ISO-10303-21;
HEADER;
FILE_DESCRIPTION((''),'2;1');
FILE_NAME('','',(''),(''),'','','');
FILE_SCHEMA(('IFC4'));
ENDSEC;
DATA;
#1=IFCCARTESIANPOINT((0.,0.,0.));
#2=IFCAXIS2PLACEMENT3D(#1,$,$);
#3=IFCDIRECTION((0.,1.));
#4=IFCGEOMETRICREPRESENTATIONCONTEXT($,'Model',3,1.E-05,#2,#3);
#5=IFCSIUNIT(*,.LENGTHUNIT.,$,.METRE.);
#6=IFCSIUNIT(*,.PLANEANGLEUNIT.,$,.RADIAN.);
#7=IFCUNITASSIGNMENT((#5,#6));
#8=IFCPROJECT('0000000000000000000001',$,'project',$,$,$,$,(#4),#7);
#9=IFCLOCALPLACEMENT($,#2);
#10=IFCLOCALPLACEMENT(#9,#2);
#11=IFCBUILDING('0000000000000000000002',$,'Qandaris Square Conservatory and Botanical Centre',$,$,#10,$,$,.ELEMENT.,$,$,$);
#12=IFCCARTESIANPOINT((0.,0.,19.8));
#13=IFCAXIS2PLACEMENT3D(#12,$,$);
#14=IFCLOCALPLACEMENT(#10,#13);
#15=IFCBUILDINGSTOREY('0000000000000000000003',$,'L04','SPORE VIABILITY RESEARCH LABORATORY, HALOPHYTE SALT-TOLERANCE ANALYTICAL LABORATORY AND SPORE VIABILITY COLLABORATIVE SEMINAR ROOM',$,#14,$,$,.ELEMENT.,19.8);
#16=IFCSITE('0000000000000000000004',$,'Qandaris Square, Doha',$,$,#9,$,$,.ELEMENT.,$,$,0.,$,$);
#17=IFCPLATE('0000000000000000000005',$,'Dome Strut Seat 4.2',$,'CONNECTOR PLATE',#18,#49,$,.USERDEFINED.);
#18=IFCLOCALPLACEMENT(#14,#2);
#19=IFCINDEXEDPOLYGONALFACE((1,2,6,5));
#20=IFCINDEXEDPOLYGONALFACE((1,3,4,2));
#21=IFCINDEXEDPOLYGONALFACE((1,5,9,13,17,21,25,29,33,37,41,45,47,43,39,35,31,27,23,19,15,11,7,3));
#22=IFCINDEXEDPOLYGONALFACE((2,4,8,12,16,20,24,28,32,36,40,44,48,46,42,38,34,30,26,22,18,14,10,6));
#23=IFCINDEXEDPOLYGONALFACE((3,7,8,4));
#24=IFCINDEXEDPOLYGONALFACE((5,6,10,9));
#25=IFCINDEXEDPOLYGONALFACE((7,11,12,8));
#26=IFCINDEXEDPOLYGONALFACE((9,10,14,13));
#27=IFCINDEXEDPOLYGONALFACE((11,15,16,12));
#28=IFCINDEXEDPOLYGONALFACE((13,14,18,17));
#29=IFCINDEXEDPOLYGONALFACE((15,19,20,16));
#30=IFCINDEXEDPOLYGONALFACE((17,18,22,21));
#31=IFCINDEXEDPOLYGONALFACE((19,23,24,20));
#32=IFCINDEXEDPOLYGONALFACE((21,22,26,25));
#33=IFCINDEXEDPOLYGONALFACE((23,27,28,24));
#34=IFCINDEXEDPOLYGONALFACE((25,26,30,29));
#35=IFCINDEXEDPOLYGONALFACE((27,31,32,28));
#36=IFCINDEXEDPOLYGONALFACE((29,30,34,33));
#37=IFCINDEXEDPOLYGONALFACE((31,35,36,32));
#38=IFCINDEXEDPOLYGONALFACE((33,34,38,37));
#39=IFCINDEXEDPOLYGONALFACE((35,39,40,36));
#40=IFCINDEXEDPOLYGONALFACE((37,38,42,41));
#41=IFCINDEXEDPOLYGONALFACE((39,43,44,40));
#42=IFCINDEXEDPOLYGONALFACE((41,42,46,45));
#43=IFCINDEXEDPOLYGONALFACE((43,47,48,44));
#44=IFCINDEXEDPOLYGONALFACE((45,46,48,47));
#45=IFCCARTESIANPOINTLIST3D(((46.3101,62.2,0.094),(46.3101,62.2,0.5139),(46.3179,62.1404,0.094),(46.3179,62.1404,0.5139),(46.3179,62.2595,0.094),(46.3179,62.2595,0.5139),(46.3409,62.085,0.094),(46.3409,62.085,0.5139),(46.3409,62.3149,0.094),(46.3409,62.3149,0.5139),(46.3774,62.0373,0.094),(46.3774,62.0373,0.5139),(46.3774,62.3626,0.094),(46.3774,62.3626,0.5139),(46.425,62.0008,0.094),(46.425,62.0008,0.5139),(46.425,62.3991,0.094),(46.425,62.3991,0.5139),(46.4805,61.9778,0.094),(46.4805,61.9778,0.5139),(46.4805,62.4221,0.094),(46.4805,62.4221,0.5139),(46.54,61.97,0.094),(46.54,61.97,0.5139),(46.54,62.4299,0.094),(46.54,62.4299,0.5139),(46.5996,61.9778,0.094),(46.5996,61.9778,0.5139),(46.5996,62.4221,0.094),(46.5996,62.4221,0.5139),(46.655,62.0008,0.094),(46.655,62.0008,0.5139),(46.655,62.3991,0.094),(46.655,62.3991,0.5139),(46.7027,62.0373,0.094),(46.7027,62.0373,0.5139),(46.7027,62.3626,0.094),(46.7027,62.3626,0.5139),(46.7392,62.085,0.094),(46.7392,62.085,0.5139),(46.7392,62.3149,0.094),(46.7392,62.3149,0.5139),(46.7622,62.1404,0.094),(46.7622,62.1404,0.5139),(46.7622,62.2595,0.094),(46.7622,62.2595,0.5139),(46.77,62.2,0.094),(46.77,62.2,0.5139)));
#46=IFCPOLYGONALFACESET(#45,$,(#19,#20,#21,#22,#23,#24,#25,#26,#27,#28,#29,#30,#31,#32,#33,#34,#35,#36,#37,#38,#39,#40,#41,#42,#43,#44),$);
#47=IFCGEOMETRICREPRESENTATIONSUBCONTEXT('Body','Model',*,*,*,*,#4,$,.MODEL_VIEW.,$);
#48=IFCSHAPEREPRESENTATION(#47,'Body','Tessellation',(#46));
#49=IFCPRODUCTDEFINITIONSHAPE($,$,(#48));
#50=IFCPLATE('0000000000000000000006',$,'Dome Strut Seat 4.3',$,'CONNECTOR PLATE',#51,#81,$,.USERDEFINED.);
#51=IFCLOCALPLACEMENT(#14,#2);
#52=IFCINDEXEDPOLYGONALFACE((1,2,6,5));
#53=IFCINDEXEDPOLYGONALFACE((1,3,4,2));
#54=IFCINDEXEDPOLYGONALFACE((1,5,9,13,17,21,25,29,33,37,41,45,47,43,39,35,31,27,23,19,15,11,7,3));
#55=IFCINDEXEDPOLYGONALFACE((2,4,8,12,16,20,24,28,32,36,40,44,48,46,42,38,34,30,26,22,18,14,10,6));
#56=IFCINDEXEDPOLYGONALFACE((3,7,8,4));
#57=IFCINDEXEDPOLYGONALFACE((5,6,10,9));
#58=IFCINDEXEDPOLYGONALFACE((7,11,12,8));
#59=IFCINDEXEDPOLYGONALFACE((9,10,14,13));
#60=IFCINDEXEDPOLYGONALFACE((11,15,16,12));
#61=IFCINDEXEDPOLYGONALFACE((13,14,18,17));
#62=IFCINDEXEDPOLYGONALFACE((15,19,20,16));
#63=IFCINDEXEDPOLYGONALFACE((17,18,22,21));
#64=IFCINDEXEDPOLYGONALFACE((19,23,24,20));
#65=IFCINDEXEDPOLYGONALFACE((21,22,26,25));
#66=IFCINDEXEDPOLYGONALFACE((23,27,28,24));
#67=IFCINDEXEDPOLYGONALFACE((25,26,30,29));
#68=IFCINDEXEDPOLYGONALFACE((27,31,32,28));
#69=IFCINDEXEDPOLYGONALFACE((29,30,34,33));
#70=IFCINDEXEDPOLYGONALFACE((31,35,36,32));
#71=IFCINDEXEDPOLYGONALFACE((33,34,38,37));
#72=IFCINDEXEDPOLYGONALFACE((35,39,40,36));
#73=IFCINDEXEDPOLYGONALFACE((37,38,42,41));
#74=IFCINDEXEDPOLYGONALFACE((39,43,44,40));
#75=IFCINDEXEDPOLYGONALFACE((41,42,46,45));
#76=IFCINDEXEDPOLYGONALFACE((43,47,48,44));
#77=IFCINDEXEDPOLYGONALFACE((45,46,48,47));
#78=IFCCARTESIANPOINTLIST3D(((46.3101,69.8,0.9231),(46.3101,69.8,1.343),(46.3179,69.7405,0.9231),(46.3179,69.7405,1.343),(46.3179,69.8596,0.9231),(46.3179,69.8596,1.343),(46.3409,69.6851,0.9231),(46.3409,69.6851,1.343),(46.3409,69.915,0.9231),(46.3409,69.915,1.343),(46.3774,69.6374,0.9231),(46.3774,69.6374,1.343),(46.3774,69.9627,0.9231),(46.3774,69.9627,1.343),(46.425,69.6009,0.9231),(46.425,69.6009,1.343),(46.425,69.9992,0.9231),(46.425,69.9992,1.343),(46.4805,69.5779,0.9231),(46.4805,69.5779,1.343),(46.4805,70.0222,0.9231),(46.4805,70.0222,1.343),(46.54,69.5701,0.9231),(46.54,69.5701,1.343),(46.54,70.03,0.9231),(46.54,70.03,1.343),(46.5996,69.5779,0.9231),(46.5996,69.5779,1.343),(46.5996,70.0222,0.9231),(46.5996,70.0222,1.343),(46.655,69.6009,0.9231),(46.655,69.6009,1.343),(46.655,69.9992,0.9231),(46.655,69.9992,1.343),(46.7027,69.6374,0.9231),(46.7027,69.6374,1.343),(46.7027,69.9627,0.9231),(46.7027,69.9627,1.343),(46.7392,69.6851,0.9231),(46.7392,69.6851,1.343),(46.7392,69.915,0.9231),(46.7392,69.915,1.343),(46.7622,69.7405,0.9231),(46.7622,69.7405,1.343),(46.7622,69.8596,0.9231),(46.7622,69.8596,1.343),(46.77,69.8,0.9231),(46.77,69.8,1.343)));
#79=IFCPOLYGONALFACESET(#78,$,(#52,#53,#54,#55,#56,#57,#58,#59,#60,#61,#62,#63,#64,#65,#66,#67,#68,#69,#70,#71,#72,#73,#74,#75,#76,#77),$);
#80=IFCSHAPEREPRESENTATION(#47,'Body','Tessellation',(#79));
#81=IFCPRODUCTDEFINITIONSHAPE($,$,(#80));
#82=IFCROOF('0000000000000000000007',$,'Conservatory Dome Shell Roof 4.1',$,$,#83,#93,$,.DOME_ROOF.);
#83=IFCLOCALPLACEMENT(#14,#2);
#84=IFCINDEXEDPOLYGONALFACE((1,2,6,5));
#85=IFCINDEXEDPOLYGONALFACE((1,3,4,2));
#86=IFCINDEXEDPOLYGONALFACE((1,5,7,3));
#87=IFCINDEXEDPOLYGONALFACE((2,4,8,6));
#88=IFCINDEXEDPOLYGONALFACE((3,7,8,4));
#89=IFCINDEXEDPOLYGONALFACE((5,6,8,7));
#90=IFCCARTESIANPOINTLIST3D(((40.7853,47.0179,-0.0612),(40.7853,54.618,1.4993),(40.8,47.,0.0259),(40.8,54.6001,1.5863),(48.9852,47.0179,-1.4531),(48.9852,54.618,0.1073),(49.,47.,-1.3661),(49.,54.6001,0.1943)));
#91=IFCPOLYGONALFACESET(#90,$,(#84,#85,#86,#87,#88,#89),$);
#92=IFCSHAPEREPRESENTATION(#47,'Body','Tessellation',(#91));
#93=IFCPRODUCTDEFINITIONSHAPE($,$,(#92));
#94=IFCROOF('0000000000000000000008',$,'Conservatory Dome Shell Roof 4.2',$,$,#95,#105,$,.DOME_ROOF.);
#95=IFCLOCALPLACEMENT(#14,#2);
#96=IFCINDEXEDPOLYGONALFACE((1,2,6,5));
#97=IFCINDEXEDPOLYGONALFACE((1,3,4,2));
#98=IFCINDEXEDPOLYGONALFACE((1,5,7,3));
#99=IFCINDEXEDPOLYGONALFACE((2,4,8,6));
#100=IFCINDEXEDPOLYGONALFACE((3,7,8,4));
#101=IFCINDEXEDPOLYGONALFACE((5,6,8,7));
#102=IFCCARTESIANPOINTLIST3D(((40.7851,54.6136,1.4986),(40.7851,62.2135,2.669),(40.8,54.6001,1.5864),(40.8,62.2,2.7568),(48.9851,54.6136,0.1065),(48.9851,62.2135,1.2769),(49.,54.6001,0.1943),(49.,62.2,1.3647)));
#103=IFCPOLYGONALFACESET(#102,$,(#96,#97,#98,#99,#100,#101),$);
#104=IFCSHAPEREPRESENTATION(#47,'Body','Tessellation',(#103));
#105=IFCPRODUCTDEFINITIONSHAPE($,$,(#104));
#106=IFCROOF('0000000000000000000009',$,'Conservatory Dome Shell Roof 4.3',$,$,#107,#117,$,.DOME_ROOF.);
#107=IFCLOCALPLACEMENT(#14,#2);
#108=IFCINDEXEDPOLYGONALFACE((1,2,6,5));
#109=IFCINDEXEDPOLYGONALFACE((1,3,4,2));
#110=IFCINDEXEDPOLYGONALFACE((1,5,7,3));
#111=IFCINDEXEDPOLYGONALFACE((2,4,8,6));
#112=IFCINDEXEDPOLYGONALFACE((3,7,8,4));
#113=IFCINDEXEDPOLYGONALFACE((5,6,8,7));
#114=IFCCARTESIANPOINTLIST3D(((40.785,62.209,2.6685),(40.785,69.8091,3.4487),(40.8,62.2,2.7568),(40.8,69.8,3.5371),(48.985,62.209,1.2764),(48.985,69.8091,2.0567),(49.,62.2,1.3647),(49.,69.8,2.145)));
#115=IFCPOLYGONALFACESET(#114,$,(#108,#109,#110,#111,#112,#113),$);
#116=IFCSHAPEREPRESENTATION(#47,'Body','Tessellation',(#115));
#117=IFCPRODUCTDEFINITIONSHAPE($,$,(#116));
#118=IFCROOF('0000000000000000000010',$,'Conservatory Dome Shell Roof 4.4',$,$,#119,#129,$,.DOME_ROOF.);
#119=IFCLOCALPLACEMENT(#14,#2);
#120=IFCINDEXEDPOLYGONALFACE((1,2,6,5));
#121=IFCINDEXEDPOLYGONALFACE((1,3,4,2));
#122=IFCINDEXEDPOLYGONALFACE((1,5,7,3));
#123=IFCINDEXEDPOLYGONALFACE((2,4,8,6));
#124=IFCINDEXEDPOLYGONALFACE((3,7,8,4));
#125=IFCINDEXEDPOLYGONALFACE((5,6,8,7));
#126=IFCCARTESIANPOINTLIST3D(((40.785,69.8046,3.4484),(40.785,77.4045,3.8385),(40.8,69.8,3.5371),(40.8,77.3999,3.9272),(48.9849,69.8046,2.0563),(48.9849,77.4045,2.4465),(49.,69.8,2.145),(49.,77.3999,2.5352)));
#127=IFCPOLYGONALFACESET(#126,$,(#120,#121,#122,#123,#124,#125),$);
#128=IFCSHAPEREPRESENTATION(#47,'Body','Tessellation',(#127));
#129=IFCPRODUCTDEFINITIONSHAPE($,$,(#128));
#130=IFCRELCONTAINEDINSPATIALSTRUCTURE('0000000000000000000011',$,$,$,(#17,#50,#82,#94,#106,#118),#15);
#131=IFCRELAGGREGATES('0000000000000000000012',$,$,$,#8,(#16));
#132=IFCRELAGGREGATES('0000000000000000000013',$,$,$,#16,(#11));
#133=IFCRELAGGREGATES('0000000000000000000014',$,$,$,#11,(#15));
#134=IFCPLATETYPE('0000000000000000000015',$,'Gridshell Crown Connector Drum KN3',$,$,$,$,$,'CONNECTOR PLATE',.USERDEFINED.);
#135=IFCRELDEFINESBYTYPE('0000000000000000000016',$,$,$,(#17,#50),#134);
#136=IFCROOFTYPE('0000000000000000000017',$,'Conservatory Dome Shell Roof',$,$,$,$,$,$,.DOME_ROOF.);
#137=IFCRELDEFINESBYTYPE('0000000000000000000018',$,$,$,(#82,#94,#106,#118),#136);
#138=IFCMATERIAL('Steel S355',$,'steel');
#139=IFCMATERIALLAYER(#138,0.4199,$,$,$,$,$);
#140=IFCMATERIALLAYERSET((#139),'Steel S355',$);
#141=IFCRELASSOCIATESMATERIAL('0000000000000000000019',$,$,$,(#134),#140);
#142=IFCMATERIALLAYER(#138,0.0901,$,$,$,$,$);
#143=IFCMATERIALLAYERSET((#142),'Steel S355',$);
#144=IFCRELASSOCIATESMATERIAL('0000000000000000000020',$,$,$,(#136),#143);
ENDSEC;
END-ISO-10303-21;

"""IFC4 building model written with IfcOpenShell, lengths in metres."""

from ifc_helpers import new_model, si_unit, direction, frame, origin, origin_2d, place, context, subcontext, project, spatial, polyline, circle, outline, extrude, material, layer, layer_set, type_object, element, save


model = new_model("IFC4")

# Units and contexts
model_context = context("Model", 3, precision=1e-05, world=origin(), true_north=direction((0.0, 1.0)))
body_context = subcontext(model_context, "Body", "Model", "MODEL_VIEW")
ifc_project = project(units=[si_unit("LENGTHUNIT", "METRE"), si_unit("PLANEANGLEUNIT", "RADIAN")], contexts=[model_context])

# Site, building, storey
site_placement = place(None, origin())
site = spatial("IfcSite", under=ifc_project, at=site_placement, Name="Qandaris Square, Doha", CompositionType="ELEMENT", RefElevation=0.0)
building_placement = place(site_placement, origin())
building = spatial("IfcBuilding", under=site, at=building_placement, Name="Qandaris Square Conservatory and Botanical Centre", CompositionType="ELEMENT")
storey_placement = place(building_placement, frame((0.0, 0.0, 19.8)))
storey = spatial("IfcBuildingStorey", under=building, at=storey_placement, Name="L04", Description="SPORE VIABILITY RESEARCH LABORATORY, HALOPHYTE SALT-TOLERANCE ANALYTICAL LABORATORY AND SPORE VIABILITY COLLABORATIVE SEMINAR ROOM", CompositionType="ELEMENT", Elevation=19.8)

# Shared definitions
ifc_material = material(Name="Steel S355", Category="steel")

# Plates
ifc_layer_1 = layer(ifc_material, 0.4199)
ifc_layer_set_1 = layer_set([ifc_layer_1], Name="Steel S355")
plate_type = type_object("IfcPlateType", Name="Gridshell Crown Connector Drum KN3", ElementType="CONNECTOR PLATE", PredefinedType="USERDEFINED", material=ifc_layer_set_1)
for number, where, z_axis, x_axis, name in (
    (1, (46.54, 62.2, 0.094), (0.0, 0.0, 1.0), (1.0, 0.0, 0.0), "Dome Strut Seat 4.2"),
    (2, (46.54, 69.8, 0.9231), (0.0, 0.0, 1.0), (1.0, 0.0, 0.0), "Dome Strut Seat 4.3"),
):
    element("IfcPlate", number, at=place(storey_placement, frame(where, z_axis=z_axis, x_axis=x_axis)), inside=storey, type_object=plate_type, Name=name, ObjectType="CONNECTOR PLATE", PredefinedType="USERDEFINED", context=body_context, shape_type="SweptSolid", body=[
        extrude(circle(Radius=0.23, at=origin_2d()), origin(), (0.0, 0.0, 1.0), 0.4199),
    ])

# Roofs
ifc_layer_2 = layer(ifc_material, 0.0901)
ifc_layer_set_2 = layer_set([ifc_layer_2], Name="Steel S355")
roof_type = type_object("IfcRoofType", Name="Conservatory Dome Shell Roof", PredefinedType="DOME_ROOF", material=ifc_layer_set_2)
roof_1_placement = place(storey_placement, frame((40.8, 47.0, 0.0259), z_axis=(0.164032, -0.198397, 0.966298), x_axis=(0.985896, 0.000003, -0.167358)))
element("IfcRoof", 3, at=roof_1_placement, inside=storey, type_object=roof_type, Name="Conservatory Dome Shell Roof 4.1", PredefinedType="DOME_ROOF", context=body_context, shape_type="SweptSolid", body=[
    extrude(outline(polyline([(0.0, 0.0), (8.3172, 0.0), (8.0561, 7.7542), (-0.2611, 7.7543), (0.0, 0.0)])), origin(), (0.0, 0.0, -1.0), 0.0901),
])
roof_2_placement = place(storey_placement, frame((40.8, 54.6001, 1.5864), z_axis=(0.165477, -0.150111, 0.974723), x_axis=(0.985894, 0.0, -0.167373)))
element("IfcRoof", 4, at=roof_2_placement, inside=storey, type_object=roof_type, Name="Conservatory Dome Shell Roof 4.2", PredefinedType="DOME_ROOF", context=body_context, shape_type="SweptSolid", body=[
    extrude(outline(polyline([(0.0, 0.0), (8.3173, 0.0), (8.1214, 7.687), (-0.1959, 7.687), (0.0, 0.0)])), origin(), (0.0, 0.0, -1.0), 0.0901),
])
roof_3_placement = place(storey_placement, frame((40.8, 62.2, 2.7568), z_axis=(0.166522, -0.100703, 0.980882), x_axis=(0.985894, 0.0, -0.167373)))
element("IfcRoof", 5, at=roof_3_placement, inside=storey, type_object=roof_type, Name="Conservatory Dome Shell Roof 4.3", PredefinedType="DOME_ROOF", context=body_context, shape_type="SweptSolid", body=[
    extrude(outline(polyline([(0.0, 0.0), (8.3173, 0.0), (8.1867, 7.6389), (-0.1306, 7.6389), (0.0, 0.0)])), origin(), (0.0, 0.0, -1.0), 0.0901),
])
roof_4_placement = place(storey_placement, frame((40.8, 69.8, 3.5371), z_axis=(0.167159, -0.050546, 0.984633), x_axis=(0.985894, 0.0, -0.167373)))
element("IfcRoof", 6, at=roof_4_placement, inside=storey, type_object=roof_type, Name="Conservatory Dome Shell Roof 4.4", PredefinedType="DOME_ROOF", context=body_context, shape_type="SweptSolid", body=[
    extrude(outline(polyline([(0.0, 0.0), (8.3173, 0.0), (8.252, 7.6096), (-0.0653, 7.6096), (0.0, 0.0)])), origin(), (0.0, 0.0, -1.0), 0.0901),
])

save(model, "model.ifc")
